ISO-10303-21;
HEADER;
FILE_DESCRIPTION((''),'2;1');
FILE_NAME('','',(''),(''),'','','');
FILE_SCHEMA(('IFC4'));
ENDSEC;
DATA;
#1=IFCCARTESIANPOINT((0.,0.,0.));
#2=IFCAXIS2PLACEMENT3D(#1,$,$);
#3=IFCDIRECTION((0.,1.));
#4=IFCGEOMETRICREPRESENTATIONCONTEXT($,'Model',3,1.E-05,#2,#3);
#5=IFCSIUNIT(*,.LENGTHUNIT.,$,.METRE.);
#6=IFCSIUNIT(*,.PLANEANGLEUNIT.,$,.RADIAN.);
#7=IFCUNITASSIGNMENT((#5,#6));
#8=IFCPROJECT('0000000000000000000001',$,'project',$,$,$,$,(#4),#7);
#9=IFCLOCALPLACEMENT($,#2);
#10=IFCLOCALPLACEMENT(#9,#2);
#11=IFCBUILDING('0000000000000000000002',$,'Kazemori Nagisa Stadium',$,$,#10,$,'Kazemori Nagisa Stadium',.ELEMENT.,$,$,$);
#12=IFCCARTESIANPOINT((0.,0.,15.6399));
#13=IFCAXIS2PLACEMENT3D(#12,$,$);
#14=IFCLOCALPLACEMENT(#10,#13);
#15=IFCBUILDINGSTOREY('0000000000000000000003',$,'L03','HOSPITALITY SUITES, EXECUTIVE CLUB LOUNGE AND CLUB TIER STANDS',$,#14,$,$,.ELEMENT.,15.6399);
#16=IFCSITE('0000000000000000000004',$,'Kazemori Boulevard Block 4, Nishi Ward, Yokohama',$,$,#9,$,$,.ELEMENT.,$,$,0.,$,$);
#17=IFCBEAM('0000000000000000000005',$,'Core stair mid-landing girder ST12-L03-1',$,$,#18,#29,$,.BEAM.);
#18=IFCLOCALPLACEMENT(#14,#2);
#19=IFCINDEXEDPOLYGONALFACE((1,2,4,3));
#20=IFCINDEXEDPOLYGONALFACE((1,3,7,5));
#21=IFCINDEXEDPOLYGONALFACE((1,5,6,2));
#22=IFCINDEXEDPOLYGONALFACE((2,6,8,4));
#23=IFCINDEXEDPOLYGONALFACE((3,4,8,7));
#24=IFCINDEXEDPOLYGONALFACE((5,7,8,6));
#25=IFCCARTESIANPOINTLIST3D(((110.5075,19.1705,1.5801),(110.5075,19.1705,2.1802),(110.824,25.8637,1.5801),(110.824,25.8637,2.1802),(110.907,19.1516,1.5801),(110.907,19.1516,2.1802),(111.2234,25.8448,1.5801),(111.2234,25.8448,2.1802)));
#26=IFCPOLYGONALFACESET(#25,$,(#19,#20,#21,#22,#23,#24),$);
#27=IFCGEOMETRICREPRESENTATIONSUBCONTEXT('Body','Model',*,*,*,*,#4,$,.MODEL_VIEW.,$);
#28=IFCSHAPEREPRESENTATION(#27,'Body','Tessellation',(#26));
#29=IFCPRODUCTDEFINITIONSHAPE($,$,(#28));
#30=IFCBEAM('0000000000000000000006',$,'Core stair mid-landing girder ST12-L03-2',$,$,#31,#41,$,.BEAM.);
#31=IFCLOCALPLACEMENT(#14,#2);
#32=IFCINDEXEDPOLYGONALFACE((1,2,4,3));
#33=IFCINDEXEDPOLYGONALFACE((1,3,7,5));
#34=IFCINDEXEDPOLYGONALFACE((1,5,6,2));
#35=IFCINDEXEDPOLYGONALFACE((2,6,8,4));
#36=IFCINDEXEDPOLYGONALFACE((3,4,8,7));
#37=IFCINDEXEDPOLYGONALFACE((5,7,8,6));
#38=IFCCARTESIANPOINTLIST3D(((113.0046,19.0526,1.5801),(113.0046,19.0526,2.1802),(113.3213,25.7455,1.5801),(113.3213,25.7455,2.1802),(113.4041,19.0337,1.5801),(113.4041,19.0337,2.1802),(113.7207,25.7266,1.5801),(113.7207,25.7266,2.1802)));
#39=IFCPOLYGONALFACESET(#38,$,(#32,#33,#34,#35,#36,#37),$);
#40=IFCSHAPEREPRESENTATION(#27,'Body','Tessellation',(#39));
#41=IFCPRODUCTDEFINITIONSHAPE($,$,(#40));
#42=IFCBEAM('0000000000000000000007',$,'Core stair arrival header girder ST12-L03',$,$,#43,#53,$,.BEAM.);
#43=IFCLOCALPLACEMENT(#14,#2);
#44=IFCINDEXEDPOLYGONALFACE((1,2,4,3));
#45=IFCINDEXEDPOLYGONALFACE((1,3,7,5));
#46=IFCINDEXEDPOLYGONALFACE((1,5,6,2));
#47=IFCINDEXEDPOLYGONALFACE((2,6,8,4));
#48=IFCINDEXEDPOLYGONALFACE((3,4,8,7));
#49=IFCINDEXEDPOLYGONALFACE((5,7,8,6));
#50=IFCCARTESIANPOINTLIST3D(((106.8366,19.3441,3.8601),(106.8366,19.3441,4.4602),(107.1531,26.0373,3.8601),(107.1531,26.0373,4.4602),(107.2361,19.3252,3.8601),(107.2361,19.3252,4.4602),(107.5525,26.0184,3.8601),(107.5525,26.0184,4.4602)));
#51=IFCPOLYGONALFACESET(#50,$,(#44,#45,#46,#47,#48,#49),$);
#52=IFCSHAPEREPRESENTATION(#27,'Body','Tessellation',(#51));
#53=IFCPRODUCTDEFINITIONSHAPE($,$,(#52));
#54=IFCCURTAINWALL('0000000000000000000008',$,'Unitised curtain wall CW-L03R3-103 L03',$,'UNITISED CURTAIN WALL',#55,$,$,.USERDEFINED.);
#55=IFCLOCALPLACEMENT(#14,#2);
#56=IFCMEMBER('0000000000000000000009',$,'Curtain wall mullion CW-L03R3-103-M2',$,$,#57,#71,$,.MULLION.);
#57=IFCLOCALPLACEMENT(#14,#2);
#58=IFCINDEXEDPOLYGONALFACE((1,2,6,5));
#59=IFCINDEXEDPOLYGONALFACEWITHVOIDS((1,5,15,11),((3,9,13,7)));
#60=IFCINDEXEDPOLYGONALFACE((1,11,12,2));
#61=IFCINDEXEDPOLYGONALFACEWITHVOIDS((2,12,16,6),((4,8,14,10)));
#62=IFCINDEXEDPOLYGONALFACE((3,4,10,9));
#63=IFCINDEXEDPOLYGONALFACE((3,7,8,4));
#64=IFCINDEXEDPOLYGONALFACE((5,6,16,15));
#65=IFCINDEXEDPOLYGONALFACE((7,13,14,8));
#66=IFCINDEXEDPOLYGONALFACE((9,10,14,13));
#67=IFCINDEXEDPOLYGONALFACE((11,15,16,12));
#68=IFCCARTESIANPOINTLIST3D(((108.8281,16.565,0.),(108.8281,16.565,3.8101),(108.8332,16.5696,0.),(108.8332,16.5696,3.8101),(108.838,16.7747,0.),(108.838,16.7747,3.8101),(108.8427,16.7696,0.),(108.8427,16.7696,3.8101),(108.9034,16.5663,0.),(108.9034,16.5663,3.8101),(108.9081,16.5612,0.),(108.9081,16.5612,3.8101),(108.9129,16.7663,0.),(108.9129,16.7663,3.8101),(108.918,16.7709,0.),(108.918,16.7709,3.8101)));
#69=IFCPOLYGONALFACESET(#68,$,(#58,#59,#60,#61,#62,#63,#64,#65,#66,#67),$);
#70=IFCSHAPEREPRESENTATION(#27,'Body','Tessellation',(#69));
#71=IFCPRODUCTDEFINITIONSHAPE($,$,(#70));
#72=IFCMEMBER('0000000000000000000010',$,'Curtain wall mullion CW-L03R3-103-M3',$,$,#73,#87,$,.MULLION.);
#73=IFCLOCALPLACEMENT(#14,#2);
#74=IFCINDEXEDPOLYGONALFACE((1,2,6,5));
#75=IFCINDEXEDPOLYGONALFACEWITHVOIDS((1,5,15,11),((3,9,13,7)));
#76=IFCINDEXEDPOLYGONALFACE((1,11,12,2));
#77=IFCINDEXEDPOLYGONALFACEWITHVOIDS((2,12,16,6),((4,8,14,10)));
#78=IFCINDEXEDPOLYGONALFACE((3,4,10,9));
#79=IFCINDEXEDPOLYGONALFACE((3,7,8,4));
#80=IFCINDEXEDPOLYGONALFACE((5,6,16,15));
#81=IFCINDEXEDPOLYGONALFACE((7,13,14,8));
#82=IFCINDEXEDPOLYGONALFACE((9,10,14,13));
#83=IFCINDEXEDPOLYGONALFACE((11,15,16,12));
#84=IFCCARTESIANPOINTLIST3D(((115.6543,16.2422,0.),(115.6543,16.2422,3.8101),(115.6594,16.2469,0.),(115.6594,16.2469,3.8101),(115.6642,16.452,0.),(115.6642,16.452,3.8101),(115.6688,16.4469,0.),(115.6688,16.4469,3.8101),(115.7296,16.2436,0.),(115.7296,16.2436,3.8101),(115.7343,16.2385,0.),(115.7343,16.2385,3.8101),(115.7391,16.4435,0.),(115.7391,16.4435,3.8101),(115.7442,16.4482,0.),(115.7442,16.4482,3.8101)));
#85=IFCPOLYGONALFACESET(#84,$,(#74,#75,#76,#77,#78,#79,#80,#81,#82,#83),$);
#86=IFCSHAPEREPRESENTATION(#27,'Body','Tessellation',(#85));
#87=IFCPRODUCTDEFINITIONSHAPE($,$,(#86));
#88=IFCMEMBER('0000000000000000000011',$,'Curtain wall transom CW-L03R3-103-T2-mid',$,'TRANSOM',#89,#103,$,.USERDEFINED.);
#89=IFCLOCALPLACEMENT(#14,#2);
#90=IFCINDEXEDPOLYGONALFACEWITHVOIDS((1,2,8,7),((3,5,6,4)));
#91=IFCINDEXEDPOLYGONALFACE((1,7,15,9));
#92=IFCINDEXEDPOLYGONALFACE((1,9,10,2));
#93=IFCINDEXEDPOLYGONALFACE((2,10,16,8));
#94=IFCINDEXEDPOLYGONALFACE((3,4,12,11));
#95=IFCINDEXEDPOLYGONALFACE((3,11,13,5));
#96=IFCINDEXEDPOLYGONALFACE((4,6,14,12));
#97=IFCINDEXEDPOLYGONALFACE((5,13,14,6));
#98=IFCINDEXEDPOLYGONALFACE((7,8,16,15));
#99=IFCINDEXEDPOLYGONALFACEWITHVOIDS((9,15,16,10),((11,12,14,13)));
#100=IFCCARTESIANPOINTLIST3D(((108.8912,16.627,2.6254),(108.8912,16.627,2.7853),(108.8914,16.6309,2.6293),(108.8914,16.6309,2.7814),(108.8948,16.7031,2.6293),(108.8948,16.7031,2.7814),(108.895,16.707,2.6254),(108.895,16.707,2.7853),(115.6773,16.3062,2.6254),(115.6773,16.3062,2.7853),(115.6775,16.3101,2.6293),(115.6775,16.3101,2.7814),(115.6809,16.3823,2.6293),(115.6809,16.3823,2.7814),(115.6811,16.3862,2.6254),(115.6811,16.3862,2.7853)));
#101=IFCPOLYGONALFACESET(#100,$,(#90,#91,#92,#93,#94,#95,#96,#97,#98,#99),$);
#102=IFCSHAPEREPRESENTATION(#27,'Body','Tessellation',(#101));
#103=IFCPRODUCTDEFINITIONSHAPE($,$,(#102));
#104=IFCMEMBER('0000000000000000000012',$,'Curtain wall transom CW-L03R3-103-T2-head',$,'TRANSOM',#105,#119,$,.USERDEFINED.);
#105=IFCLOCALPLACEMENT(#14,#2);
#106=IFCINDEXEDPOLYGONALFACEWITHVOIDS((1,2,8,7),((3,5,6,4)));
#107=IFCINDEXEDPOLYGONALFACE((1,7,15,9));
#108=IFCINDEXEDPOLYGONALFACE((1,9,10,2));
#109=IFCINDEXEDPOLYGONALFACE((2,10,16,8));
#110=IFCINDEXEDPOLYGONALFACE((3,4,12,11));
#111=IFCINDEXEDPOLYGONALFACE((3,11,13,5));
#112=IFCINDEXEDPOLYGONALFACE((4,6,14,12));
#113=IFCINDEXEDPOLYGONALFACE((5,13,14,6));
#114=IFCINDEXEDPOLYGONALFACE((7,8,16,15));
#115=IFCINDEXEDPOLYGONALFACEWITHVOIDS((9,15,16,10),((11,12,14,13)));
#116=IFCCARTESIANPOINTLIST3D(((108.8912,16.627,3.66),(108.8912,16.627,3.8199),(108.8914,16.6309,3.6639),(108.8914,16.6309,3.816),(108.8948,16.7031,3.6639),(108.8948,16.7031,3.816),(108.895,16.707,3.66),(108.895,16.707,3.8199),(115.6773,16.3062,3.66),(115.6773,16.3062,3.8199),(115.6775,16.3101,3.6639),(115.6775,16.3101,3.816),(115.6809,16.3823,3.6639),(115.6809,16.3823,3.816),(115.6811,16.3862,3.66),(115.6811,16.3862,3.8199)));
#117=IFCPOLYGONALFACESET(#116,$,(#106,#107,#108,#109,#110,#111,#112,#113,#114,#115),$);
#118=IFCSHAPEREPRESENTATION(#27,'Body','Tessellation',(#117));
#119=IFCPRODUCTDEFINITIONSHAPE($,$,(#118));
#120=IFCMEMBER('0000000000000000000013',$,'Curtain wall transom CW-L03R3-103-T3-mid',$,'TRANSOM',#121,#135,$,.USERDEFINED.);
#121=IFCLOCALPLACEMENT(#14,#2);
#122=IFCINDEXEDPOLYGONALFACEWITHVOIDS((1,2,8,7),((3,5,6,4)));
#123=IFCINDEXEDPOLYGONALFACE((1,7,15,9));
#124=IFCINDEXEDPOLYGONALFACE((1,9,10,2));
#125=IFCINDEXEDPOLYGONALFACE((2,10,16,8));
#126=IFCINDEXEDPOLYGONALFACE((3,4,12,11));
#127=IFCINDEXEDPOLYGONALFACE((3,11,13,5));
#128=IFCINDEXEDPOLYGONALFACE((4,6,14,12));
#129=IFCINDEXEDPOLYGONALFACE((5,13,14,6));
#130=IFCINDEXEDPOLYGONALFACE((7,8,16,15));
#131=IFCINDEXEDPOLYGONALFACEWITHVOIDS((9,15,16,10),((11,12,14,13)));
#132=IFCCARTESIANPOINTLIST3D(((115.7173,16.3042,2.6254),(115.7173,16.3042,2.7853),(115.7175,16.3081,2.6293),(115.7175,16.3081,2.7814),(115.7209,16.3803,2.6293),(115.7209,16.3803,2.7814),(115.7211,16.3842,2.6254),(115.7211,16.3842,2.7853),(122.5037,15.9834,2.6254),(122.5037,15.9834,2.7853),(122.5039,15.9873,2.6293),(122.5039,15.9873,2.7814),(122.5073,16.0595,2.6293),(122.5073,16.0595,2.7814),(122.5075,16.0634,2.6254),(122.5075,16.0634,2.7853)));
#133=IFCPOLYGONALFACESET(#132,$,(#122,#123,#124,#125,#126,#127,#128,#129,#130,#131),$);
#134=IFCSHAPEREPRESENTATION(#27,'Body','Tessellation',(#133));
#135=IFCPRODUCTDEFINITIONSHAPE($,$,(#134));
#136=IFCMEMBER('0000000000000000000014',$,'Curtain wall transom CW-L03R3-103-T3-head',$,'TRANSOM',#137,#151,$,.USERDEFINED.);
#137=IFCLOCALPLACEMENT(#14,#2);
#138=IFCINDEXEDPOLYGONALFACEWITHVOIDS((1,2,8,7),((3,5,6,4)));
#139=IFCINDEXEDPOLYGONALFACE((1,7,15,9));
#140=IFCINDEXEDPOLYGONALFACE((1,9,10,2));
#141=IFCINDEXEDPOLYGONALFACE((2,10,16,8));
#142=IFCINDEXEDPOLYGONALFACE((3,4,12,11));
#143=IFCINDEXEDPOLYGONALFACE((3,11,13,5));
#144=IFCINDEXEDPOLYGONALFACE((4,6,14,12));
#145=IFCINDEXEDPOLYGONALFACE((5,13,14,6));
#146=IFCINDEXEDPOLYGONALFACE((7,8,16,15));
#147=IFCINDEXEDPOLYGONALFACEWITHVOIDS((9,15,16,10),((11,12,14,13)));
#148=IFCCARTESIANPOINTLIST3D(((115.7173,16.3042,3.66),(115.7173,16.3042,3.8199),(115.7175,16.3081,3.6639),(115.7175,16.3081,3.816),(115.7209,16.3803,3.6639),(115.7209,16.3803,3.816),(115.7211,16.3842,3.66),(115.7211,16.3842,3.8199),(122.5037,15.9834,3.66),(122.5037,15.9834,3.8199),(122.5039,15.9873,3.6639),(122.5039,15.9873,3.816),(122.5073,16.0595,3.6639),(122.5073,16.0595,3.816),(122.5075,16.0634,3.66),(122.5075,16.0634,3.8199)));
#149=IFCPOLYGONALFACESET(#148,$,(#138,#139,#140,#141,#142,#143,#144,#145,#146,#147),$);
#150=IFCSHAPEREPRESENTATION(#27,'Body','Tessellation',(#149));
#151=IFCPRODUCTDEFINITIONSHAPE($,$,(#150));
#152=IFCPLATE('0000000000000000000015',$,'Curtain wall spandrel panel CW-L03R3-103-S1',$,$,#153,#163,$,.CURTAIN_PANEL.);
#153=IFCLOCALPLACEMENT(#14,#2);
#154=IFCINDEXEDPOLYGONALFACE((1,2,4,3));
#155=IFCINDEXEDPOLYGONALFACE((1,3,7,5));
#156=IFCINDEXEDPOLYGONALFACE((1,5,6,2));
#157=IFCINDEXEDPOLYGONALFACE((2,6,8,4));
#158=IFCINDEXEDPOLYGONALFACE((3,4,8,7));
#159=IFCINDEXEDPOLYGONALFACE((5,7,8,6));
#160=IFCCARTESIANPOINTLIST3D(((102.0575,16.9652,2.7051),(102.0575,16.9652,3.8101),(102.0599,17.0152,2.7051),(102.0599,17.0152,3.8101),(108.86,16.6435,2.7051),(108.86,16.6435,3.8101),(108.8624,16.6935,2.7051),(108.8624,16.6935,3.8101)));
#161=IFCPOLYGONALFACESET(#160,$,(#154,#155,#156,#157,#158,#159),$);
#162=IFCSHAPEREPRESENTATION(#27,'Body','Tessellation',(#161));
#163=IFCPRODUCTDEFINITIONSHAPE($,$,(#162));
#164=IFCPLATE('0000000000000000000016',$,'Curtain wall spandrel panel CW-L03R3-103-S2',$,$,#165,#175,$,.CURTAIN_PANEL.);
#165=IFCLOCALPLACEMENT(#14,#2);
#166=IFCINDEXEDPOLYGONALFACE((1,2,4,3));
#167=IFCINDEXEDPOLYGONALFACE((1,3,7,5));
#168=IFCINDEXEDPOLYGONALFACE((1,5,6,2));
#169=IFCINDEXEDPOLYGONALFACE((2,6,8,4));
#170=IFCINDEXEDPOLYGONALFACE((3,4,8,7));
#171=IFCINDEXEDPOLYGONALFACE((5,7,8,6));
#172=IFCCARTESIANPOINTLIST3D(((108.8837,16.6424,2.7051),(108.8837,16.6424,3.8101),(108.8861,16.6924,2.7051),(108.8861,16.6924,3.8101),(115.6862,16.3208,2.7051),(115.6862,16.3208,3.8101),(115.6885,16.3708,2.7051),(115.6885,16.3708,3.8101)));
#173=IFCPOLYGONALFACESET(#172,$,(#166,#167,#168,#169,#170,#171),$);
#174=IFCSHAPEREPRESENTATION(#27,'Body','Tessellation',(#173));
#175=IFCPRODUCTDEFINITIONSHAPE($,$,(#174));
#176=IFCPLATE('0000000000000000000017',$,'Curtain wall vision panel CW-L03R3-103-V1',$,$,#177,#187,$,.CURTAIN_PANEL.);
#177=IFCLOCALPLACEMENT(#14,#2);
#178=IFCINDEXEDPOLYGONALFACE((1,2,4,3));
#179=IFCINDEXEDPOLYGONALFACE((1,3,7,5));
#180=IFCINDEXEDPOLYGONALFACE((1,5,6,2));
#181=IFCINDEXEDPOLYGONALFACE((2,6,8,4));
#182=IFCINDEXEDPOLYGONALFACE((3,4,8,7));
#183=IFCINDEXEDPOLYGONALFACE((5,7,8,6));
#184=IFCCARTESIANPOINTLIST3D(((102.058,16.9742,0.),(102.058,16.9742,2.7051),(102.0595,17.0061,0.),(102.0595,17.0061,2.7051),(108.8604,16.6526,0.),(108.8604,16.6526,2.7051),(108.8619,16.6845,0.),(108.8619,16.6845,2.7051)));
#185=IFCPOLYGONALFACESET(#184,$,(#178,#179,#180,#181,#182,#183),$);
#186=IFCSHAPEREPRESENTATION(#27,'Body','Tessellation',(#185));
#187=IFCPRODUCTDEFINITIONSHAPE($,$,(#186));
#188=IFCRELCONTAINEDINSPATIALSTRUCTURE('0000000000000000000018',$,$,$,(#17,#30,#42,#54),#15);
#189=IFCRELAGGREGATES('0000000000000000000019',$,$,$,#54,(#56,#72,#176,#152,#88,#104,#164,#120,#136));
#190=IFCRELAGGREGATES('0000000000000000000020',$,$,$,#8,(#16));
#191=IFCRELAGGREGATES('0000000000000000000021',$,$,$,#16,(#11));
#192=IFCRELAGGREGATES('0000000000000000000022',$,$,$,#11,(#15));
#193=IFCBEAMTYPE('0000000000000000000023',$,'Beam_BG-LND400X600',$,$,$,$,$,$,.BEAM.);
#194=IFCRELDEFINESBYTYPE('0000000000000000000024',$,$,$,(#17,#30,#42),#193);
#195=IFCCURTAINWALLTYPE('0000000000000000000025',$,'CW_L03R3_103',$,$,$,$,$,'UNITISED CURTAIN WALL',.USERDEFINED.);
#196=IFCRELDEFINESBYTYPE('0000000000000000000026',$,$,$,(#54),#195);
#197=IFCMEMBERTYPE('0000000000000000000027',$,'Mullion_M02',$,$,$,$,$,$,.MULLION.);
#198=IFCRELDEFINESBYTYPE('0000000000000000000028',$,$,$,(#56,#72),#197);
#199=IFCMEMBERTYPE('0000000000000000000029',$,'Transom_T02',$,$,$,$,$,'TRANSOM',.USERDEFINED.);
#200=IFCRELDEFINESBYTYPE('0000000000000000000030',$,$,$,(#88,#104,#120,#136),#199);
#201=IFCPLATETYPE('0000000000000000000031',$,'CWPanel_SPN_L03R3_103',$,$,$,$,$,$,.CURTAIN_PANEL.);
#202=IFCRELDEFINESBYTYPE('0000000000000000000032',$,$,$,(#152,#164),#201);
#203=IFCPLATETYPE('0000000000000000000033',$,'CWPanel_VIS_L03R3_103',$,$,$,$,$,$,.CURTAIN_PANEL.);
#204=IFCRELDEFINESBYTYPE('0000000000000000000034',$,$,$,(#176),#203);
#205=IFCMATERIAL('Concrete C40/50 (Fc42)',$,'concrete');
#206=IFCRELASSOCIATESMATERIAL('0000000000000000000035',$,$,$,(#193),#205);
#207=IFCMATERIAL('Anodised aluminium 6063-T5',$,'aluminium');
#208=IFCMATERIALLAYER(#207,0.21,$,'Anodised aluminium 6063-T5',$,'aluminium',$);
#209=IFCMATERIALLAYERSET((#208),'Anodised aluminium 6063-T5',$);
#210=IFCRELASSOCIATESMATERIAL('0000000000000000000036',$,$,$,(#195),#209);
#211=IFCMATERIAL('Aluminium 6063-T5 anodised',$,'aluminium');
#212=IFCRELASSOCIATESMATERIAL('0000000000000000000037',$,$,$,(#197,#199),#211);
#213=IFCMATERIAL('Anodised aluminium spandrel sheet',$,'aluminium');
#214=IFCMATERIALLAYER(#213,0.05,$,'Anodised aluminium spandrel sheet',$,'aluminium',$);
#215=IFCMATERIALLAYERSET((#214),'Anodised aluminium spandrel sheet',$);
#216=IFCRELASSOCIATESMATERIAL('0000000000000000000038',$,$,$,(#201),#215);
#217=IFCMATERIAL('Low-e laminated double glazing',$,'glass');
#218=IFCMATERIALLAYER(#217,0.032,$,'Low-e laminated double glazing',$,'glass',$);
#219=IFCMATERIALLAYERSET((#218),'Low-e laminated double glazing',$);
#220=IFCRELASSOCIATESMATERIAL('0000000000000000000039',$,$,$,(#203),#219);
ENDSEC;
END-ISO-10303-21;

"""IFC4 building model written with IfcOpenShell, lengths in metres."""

from ifc_helpers import new_model, si_unit, direction, frame, origin, origin_2d, place, context, subcontext, project, spatial, rectangle, hollow_rectangle, extrude, material, layer, layer_set, material_profile, profile_set, type_object, element, aggregate, save


model = new_model("IFC4")

# Units and contexts
model_context = context("Model", 3, precision=1e-05, world=origin(), true_north=direction((0.0, 1.0)))
body_context = subcontext(model_context, "Body", "Model", "MODEL_VIEW")
ifc_project = project(units=[si_unit("LENGTHUNIT", "METRE"), si_unit("PLANEANGLEUNIT", "RADIAN")], contexts=[model_context])

# Site, building, storey
site_placement = place(None, origin())
site = spatial("IfcSite", under=ifc_project, at=site_placement, Name="Kazemori Boulevard Block 4, Nishi Ward, Yokohama", CompositionType="ELEMENT", RefElevation=0.0)
building_placement = place(site_placement, origin())
building = spatial("IfcBuilding", under=site, at=building_placement, Name="Kazemori Nagisa Stadium", LongName="Kazemori Nagisa Stadium", CompositionType="ELEMENT")
storey_placement = place(building_placement, frame((0.0, 0.0, 15.6399)))
storey = spatial("IfcBuildingStorey", under=building, at=storey_placement, Name="L03", Description="HOSPITALITY SUITES, EXECUTIVE CLUB LOUNGE AND CLUB TIER STANDS", CompositionType="ELEMENT", Elevation=15.6399)

# Beams
ifc_material_1 = material(Name="Concrete C40/50 (Fc42)", Category="concrete")
ifc_material_profile_1 = material_profile(ifc_material_1, rectangle(XDim=0.3999, YDim=0.6001, at=origin_2d()), Name="RC-BM-400x600")
ifc_profile_set_1 = profile_set([ifc_material_profile_1], Name="Concrete C40/50 (Fc42)")
beam_type = type_object("IfcBeamType", Name="Beam_BG-LND400X600", PredefinedType="BEAM", material=ifc_profile_set_1)
beam_1_placement = place(storey_placement, frame((111.0237, 25.8542, 1.8801), z_axis=(-0.047221, -0.998884, 0.0), x_axis=(0.998884, -0.047221, 0.0)))
element("IfcBeam", 1, at=beam_1_placement, inside=storey, type_object=beam_type, Name="Core stair mid-landing girder ST12-L03-1", PredefinedType="BEAM", context=body_context, shape_type="SweptSolid", body=[
    extrude(rectangle(XDim=0.3999, YDim=0.6001, at=origin_2d()), origin(), (0.0, 0.0, 1.0), 6.7007),
])
beam_2_placement = place(storey_placement, frame((113.521, 25.7361, 1.8801), z_axis=(-0.047259, -0.998883, 0.0), x_axis=(0.998883, -0.047259, 0.0)))
element("IfcBeam", 2, at=beam_2_placement, inside=storey, type_object=beam_type, Name="Core stair mid-landing girder ST12-L03-2", PredefinedType="BEAM", context=body_context, shape_type="SweptSolid", body=[
    extrude(rectangle(XDim=0.3999, YDim=0.6001, at=origin_2d()), origin(), (0.0, 0.0, 1.0), 6.7004),
])
beam_3_placement = place(storey_placement, frame((107.3528, 26.0278, 4.1602), z_axis=(-0.047221, -0.998884, 0.0), x_axis=(0.998884, -0.047221, 0.0)))
element("IfcBeam", 3, at=beam_3_placement, inside=storey, type_object=beam_type, Name="Core stair arrival header girder ST12-L03", PredefinedType="BEAM", context=body_context, shape_type="SweptSolid", body=[
    extrude(rectangle(XDim=0.3999, YDim=0.6001, at=origin_2d()), origin(), (0.0, 0.0, 1.0), 6.7007),
])

# Curtain wall, members, plates
ifc_material_2 = material(Name="Anodised aluminium 6063-T5", Category="aluminium")
ifc_layer_1 = layer(ifc_material_2, 0.21, Name="Anodised aluminium 6063-T5", Category="aluminium")
ifc_layer_set_1 = layer_set([ifc_layer_1], Name="Anodised aluminium 6063-T5")
curtain_wall_type = type_object("IfcCurtainWallType", Name="CW_L03R3_103", ElementType="UNITISED CURTAIN WALL", PredefinedType="USERDEFINED", material=ifc_layer_set_1)
curtain_wall_placement = place(storey_placement, origin())
curtain_wall = element("IfcCurtainWall", 4, at=curtain_wall_placement, inside=storey, type_object=curtain_wall_type, Name="Unitised curtain wall CW-L03R3-103 L03", ObjectType="UNITISED CURTAIN WALL", PredefinedType="USERDEFINED")
ifc_material_3 = material(Name="Aluminium 6063-T5 anodised", Category="aluminium")
ifc_material_profile_2 = material_profile(ifc_material_3, hollow_rectangle(XDim=0.0801, YDim=0.21, WallThickness=0.0049, at=origin_2d()), Name="ALU-MULL-80x210x5")
ifc_profile_set_2 = profile_set([ifc_material_profile_2], Name="Aluminium 6063-T5 anodised")
member_type_1 = type_object("IfcMemberType", Name="Mullion_M02", PredefinedType="MULLION", material=ifc_profile_set_2)
member_1_placement = place(storey_placement, frame((108.873, 16.668, 0.0), z_axis=(0.0, 0.0, 1.0), x_axis=(0.998884, -0.04723, 0.0)))
member_1 = element("IfcMember", 5, at=member_1_placement, type_object=member_type_1, Name="Curtain wall mullion CW-L03R3-103-M2", PredefinedType="MULLION", context=body_context, shape_type="SweptSolid", body=[
    extrude(hollow_rectangle(XDim=0.0801, YDim=0.21, WallThickness=0.0049, at=origin_2d()), origin(), (0.0, 0.0, 1.0), 3.8101),
])
member_2_placement = place(storey_placement, frame((115.6992, 16.3452, 0.0), z_axis=(0.0, 0.0, 1.0), x_axis=(0.998884, -0.04723, 0.0)))
member_2 = element("IfcMember", 6, at=member_2_placement, type_object=member_type_1, Name="Curtain wall mullion CW-L03R3-103-M3", PredefinedType="MULLION", context=body_context, shape_type="SweptSolid", body=[
    extrude(hollow_rectangle(XDim=0.0801, YDim=0.21, WallThickness=0.0049, at=origin_2d()), origin(), (0.0, 0.0, 1.0), 3.8101),
])
ifc_material_profile_3 = material_profile(ifc_material_3, hollow_rectangle(XDim=0.0801, YDim=0.1599, WallThickness=0.0039, at=origin_2d()), Name="ALU-TRAN-80x160x4")
ifc_profile_set_3 = profile_set([ifc_material_profile_3], Name="Aluminium 6063-T5 anodised")
member_type_2 = type_object("IfcMemberType", Name="Transom_T02", ElementType="TRANSOM", PredefinedType="USERDEFINED", material=ifc_profile_set_3)
member_3_placement = place(storey_placement, frame((108.8931, 16.667, 2.7053), z_axis=(0.998885, -0.04722, 0.0), x_axis=(0.04722, 0.998885, 0.0)))
member_3 = element("IfcMember", 7, at=member_3_placement, type_object=member_type_2, Name="Curtain wall transom CW-L03R3-103-T2-mid", ObjectType="TRANSOM", PredefinedType="USERDEFINED", context=body_context, shape_type="SweptSolid", body=[
    extrude(hollow_rectangle(XDim=0.0801, YDim=0.1599, WallThickness=0.0039, at=origin_2d()), origin(), (0.0, 0.0, 1.0), 6.7937),
])
member_4_placement = place(storey_placement, frame((108.8931, 16.667, 3.74), z_axis=(0.998885, -0.04722, 0.0), x_axis=(0.04722, 0.998885, 0.0)))
member_4 = element("IfcMember", 8, at=member_4_placement, type_object=member_type_2, Name="Curtain wall transom CW-L03R3-103-T2-head", ObjectType="TRANSOM", PredefinedType="USERDEFINED", context=body_context, shape_type="SweptSolid", body=[
    extrude(hollow_rectangle(XDim=0.0801, YDim=0.1599, WallThickness=0.0039, at=origin_2d()), origin(), (0.0, 0.0, 1.0), 6.7937),
])
member_5_placement = place(storey_placement, frame((115.7192, 16.3442, 2.7053), z_axis=(0.998885, -0.047219, 0.0), x_axis=(0.047219, 0.998885, 0.0)))
member_5 = element("IfcMember", 9, at=member_5_placement, type_object=member_type_2, Name="Curtain wall transom CW-L03R3-103-T3-mid", ObjectType="TRANSOM", PredefinedType="USERDEFINED", context=body_context, shape_type="SweptSolid", body=[
    extrude(hollow_rectangle(XDim=0.0801, YDim=0.1599, WallThickness=0.0039, at=origin_2d()), origin(), (0.0, 0.0, 1.0), 6.7939),
])
member_6_placement = place(storey_placement, frame((115.7192, 16.3442, 3.74), z_axis=(0.998885, -0.047219, 0.0), x_axis=(0.047219, 0.998885, 0.0)))
member_6 = element("IfcMember", 10, at=member_6_placement, type_object=member_type_2, Name="Curtain wall transom CW-L03R3-103-T3-head", ObjectType="TRANSOM", PredefinedType="USERDEFINED", context=body_context, shape_type="SweptSolid", body=[
    extrude(hollow_rectangle(XDim=0.0801, YDim=0.1599, WallThickness=0.0039, at=origin_2d()), origin(), (0.0, 0.0, 1.0), 6.7939),
])
ifc_material_4 = material(Name="Anodised aluminium spandrel sheet", Category="aluminium")
ifc_layer_2 = layer(ifc_material_4, 0.05, Name="Anodised aluminium spandrel sheet", Category="aluminium")
ifc_layer_set_2 = layer_set([ifc_layer_2], Name="Anodised aluminium spandrel sheet")
plate_type_1 = type_object("IfcPlateType", Name="CWPanel_SPN_L03R3_103", PredefinedType="CURTAIN_PANEL", material=ifc_layer_set_2)
plate_1_placement = place(storey_placement, frame((105.46, 16.8293, 2.7051), z_axis=(0.0, 0.0, 1.0), x_axis=(0.998884, -0.04723, 0.0)))
plate_1 = element("IfcPlate", 11, at=plate_1_placement, type_object=plate_type_1, Name="Curtain wall spandrel panel CW-L03R3-103-S1", PredefinedType="CURTAIN_PANEL", context=body_context, shape_type="SweptSolid", body=[
    extrude(rectangle(XDim=6.8101, YDim=0.05, at=origin_2d()), origin(), (0.0, 0.0, 1.0), 1.105),
])
plate_2_placement = place(storey_placement, frame((112.2861, 16.5066, 2.7051), z_axis=(0.0, 0.0, 1.0), x_axis=(0.998884, -0.04723, 0.0)))
plate_2 = element("IfcPlate", 12, at=plate_2_placement, type_object=plate_type_1, Name="Curtain wall spandrel panel CW-L03R3-103-S2", PredefinedType="CURTAIN_PANEL", context=body_context, shape_type="SweptSolid", body=[
    extrude(rectangle(XDim=6.8101, YDim=0.05, at=origin_2d()), origin(), (0.0, 0.0, 1.0), 1.105),
])
ifc_material_5 = material(Name="Low-e laminated double glazing", Category="glass")
ifc_layer_3 = layer(ifc_material_5, 0.032, Name="Low-e laminated double glazing", Category="glass")
ifc_layer_set_3 = layer_set([ifc_layer_3], Name="Low-e laminated double glazing")
plate_type_2 = type_object("IfcPlateType", Name="CWPanel_VIS_L03R3_103", PredefinedType="CURTAIN_PANEL", material=ifc_layer_set_3)
plate_3_placement = place(storey_placement, frame((105.46, 16.8293, 0.0), z_axis=(0.0, 0.0, 1.0), x_axis=(0.998884, -0.04723, 0.0)))
plate_3 = element("IfcPlate", 13, at=plate_3_placement, type_object=plate_type_2, Name="Curtain wall vision panel CW-L03R3-103-V1", PredefinedType="CURTAIN_PANEL", context=body_context, shape_type="SweptSolid", body=[
    extrude(rectangle(XDim=6.8101, YDim=0.032, at=origin_2d()), origin(), (0.0, 0.0, 1.0), 2.7051),
])
aggregate(curtain_wall, [member_1, member_2, plate_3, plate_1, member_3, member_4, plate_2, member_5, member_6])

save(model, "model.ifc")
